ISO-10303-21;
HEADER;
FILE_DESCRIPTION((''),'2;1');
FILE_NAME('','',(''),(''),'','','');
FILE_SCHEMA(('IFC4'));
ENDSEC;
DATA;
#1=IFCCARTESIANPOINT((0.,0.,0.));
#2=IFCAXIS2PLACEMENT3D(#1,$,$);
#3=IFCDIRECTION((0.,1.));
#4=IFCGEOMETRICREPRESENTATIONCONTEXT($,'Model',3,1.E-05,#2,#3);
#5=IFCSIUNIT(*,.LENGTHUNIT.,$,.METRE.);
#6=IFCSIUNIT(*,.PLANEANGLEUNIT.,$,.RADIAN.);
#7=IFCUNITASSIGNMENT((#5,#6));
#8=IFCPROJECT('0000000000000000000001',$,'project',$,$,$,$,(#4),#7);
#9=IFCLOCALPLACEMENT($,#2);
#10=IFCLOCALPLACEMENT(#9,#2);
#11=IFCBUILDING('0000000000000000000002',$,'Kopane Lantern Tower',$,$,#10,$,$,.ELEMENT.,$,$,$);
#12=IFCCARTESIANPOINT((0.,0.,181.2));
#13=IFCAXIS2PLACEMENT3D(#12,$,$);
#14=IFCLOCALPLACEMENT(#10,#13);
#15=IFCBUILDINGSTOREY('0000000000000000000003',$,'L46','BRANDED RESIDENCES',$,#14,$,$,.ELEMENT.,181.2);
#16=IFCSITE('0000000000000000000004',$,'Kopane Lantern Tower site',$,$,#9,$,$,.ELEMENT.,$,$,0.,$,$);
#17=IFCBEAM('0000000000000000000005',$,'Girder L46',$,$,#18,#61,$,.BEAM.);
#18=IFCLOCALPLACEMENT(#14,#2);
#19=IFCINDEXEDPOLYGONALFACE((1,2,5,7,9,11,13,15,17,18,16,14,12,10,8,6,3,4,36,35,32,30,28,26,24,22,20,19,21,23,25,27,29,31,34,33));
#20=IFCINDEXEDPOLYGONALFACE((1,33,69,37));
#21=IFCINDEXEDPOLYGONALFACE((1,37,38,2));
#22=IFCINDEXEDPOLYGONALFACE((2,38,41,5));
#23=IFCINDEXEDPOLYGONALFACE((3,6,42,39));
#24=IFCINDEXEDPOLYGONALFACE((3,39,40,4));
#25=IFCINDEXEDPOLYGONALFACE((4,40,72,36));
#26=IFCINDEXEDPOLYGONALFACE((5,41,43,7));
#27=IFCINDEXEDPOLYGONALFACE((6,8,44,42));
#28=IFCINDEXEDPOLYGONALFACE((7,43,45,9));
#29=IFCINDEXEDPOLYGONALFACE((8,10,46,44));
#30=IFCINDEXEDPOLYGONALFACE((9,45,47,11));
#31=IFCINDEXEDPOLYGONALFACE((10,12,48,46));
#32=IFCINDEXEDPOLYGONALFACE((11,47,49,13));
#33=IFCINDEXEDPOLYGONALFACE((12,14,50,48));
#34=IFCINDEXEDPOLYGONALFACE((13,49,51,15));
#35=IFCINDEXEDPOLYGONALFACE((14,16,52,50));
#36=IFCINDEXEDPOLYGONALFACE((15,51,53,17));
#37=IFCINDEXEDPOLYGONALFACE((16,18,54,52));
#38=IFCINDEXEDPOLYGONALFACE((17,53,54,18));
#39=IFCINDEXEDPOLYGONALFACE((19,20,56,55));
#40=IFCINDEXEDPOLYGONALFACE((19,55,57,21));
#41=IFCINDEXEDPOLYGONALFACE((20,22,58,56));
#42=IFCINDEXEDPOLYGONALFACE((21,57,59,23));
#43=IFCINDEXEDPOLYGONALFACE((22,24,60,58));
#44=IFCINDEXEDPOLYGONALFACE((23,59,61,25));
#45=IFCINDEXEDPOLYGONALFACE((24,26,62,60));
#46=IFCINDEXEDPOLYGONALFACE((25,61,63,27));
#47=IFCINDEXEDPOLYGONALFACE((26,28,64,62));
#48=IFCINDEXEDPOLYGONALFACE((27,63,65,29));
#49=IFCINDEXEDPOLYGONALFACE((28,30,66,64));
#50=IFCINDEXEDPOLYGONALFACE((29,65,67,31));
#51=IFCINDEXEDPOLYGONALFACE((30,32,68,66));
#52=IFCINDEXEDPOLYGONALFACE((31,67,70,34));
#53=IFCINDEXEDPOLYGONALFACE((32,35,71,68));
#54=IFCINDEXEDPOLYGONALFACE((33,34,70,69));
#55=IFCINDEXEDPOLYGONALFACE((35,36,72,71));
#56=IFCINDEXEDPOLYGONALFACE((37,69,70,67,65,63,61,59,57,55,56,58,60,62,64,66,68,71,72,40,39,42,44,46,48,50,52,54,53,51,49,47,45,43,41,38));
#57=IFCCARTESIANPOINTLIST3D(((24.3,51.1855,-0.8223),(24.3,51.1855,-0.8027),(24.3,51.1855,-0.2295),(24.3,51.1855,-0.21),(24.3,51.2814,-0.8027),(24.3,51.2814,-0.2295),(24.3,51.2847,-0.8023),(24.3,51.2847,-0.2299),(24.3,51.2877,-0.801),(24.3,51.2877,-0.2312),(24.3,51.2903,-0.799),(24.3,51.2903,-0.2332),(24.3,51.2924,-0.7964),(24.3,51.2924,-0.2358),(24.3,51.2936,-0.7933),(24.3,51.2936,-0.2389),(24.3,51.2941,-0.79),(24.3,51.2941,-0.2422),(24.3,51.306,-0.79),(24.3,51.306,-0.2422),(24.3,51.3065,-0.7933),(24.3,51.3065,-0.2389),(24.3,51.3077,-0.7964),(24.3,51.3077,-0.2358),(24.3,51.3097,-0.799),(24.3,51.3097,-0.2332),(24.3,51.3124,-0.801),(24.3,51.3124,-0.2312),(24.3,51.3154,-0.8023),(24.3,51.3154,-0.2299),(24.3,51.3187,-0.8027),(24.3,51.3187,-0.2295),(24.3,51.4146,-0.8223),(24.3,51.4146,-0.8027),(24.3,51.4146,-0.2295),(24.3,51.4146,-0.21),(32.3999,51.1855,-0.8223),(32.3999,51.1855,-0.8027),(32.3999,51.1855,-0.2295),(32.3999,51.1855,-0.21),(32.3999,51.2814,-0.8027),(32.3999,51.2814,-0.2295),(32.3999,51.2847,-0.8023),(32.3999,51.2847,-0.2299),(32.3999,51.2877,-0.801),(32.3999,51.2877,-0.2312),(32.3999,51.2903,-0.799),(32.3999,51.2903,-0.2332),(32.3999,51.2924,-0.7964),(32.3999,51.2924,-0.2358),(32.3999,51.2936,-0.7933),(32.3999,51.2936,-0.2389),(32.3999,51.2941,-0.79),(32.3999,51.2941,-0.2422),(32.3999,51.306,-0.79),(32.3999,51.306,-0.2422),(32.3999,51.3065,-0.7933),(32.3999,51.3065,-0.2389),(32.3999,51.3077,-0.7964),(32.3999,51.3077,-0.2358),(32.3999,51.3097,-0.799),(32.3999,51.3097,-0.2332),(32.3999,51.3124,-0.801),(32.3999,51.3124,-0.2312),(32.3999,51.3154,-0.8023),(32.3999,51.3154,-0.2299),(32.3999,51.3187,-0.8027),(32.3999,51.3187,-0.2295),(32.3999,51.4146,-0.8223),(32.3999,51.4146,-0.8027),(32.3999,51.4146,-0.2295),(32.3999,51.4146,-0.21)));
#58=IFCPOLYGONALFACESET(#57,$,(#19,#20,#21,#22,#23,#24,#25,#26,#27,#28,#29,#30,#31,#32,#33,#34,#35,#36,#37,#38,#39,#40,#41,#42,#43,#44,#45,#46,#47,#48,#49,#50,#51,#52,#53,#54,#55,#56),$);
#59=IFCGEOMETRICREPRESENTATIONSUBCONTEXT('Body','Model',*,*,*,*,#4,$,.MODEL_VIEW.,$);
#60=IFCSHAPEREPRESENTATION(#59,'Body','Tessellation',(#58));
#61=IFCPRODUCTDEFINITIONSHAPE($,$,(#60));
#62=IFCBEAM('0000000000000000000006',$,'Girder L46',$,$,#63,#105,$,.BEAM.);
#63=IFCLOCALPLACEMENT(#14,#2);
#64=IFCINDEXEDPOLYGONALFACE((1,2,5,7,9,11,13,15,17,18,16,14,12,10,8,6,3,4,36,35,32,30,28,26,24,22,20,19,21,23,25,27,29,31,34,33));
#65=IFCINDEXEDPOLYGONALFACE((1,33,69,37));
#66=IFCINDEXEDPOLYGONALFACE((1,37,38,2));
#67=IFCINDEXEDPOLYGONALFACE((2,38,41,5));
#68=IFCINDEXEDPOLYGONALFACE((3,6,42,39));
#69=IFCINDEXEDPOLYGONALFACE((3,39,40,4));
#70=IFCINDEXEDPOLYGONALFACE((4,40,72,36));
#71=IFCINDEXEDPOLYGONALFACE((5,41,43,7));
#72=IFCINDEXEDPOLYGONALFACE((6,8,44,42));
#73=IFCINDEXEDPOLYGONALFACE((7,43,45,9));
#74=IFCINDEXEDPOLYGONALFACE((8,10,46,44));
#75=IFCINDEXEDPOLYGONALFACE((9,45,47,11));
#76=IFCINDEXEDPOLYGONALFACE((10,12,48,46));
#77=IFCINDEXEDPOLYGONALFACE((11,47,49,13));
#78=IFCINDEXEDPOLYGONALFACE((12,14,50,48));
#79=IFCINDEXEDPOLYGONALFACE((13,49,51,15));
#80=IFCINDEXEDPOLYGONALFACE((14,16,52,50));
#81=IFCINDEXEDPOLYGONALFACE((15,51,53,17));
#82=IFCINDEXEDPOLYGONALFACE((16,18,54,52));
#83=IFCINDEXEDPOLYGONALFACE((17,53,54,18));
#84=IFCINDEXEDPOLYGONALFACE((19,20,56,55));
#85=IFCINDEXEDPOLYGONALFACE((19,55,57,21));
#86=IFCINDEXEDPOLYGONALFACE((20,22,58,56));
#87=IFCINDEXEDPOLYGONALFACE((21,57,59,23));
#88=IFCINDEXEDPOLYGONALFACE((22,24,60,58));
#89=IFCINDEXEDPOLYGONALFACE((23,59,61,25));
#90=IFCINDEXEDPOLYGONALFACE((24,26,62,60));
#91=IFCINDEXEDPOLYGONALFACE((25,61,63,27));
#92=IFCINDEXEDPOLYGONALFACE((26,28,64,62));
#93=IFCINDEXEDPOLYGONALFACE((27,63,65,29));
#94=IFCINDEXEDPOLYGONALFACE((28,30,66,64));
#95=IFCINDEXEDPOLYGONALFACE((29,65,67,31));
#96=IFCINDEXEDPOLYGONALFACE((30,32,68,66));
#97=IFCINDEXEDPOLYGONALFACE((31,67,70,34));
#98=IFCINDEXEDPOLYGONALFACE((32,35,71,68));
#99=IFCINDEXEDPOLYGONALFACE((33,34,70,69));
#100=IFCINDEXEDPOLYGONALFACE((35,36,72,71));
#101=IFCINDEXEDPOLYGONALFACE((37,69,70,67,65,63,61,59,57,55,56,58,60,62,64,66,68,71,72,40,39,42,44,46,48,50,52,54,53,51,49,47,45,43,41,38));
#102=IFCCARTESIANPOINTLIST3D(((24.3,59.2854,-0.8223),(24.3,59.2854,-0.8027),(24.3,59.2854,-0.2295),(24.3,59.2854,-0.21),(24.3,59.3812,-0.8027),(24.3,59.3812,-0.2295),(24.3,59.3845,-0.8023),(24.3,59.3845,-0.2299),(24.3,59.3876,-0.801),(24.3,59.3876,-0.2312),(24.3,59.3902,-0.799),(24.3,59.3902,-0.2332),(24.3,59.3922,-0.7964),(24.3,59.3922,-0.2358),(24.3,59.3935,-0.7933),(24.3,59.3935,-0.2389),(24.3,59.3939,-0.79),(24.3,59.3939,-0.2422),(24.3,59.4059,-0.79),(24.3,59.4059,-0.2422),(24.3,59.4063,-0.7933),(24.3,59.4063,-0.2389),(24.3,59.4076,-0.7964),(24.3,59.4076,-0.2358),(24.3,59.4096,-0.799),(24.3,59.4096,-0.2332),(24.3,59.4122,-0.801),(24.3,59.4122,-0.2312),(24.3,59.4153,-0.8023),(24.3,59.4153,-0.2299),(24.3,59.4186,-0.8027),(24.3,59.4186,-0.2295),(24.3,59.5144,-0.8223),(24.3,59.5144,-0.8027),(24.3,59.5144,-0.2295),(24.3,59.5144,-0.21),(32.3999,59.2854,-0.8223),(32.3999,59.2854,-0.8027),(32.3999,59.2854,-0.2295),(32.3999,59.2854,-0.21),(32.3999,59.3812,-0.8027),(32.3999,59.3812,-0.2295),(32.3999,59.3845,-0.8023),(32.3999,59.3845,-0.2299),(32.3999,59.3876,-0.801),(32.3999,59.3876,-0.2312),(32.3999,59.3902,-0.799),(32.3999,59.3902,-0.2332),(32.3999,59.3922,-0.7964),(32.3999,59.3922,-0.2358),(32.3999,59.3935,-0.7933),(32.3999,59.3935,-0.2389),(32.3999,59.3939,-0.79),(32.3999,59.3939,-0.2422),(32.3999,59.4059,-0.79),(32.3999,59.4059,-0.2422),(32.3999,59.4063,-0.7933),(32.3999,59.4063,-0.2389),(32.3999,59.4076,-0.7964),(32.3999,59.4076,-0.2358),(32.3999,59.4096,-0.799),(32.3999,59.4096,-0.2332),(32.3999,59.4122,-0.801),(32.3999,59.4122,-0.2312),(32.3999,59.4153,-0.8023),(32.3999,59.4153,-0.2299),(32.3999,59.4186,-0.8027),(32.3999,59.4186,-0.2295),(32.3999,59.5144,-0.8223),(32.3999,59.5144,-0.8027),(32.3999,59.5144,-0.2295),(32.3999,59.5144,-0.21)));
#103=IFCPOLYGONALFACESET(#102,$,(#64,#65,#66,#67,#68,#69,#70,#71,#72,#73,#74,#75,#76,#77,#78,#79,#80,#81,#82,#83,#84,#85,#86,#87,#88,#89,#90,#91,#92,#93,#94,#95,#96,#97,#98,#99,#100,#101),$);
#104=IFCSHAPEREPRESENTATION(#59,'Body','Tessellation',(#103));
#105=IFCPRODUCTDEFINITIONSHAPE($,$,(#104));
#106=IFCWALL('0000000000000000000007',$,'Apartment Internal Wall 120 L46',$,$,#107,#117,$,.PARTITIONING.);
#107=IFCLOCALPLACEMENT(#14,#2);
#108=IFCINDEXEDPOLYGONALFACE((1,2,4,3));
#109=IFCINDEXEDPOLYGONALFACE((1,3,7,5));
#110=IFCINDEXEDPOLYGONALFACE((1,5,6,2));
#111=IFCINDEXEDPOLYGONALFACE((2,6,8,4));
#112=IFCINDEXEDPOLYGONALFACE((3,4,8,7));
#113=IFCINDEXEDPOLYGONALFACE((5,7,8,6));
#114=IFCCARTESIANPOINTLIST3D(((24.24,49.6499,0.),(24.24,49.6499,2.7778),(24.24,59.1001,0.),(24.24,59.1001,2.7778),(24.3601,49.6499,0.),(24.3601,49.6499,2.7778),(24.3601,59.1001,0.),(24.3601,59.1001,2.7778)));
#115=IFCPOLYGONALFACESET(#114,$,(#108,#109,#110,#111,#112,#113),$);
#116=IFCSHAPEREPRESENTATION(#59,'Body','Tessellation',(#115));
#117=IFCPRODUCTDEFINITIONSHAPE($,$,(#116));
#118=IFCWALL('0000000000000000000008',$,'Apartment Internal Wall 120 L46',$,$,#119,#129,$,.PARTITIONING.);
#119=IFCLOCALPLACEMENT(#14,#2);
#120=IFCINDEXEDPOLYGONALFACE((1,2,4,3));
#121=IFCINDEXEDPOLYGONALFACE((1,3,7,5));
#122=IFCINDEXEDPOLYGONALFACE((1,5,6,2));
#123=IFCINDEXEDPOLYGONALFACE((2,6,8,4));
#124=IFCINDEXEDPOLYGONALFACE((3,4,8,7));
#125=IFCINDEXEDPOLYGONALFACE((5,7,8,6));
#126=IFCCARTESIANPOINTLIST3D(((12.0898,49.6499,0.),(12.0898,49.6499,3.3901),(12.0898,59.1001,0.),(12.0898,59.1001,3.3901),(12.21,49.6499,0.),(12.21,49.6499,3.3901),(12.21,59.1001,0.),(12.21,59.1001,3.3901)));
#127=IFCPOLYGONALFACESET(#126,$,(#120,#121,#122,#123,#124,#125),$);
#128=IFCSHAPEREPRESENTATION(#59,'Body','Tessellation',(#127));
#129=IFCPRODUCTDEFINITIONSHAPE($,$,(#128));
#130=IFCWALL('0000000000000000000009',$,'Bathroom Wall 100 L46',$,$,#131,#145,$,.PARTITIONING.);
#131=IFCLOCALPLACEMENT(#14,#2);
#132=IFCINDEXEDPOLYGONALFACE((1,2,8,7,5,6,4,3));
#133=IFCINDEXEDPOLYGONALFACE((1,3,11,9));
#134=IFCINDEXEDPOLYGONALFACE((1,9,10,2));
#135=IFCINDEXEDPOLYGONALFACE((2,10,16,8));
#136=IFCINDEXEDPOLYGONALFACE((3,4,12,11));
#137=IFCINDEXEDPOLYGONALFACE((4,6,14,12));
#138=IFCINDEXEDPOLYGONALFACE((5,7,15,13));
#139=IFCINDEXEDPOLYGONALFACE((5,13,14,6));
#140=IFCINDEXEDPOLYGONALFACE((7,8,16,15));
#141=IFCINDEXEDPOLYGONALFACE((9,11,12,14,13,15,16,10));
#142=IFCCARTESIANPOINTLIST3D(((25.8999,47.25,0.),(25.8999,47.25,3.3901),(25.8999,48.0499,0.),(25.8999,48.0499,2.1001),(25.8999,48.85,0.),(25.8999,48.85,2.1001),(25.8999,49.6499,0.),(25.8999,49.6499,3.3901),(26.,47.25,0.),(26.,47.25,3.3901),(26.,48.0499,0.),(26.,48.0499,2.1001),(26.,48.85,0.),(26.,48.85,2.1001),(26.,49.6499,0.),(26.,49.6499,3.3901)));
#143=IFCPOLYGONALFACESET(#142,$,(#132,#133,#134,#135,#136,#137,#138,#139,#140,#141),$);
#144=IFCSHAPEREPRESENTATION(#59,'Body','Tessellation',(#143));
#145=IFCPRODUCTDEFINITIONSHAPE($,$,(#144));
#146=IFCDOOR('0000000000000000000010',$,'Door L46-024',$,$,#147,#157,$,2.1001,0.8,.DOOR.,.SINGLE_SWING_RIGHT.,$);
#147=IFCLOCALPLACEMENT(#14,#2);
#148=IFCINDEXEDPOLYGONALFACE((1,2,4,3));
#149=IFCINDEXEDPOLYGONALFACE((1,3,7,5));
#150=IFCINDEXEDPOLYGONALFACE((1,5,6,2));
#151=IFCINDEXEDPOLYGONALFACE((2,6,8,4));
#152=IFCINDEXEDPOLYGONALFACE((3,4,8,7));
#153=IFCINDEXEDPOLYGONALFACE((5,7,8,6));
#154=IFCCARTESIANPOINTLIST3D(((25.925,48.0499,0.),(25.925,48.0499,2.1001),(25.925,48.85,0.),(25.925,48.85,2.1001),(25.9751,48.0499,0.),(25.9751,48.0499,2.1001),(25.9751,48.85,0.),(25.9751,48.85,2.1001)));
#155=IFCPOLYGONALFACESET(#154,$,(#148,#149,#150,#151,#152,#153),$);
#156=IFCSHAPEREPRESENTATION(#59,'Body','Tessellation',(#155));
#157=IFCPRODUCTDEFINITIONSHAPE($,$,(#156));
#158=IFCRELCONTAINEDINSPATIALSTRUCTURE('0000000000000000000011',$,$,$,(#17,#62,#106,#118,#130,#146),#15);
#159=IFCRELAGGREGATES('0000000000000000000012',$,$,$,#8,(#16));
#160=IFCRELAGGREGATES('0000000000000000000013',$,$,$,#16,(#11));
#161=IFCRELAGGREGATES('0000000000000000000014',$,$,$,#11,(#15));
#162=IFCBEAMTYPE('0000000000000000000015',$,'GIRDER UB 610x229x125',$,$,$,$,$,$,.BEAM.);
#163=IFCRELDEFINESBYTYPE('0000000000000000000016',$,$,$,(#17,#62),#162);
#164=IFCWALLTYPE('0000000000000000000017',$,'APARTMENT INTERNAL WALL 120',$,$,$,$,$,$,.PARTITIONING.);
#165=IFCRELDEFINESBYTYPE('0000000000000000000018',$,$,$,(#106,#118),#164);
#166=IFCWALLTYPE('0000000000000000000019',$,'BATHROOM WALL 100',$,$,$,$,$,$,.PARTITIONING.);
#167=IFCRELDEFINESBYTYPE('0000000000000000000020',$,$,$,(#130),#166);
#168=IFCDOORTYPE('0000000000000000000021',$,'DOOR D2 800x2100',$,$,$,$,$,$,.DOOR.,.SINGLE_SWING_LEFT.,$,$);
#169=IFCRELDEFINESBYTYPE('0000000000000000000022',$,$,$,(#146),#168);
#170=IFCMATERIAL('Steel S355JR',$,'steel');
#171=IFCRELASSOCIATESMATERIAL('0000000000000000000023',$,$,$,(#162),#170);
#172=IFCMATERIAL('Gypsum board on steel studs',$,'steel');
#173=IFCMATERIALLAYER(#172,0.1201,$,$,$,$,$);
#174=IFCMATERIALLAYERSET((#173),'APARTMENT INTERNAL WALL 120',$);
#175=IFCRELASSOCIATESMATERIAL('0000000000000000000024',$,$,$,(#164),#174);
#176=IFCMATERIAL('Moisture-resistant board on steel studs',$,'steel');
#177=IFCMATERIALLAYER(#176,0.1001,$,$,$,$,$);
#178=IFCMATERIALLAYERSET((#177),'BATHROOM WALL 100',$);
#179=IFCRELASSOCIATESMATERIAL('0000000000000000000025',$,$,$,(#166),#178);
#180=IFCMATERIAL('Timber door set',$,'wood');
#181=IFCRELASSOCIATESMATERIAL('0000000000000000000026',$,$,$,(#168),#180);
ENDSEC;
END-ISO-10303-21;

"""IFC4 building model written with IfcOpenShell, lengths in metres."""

from ifc_helpers import new_model, si_unit, direction, frame, frame_2d, origin, origin_2d, place, context, subcontext, project, spatial, rectangle, i_section, extrude, material, layer, layer_set, material_profile, profile_set, type_object, element, fill, save


model = new_model("IFC4")

# Units and contexts
model_context = context("Model", 3, precision=1e-05, world=origin(), true_north=direction((0.0, 1.0)))
body_context = subcontext(model_context, "Body", "Model", "MODEL_VIEW")
ifc_project = project(units=[si_unit("LENGTHUNIT", "METRE"), si_unit("PLANEANGLEUNIT", "RADIAN")], contexts=[model_context])

# Site, building, storey
site_placement = place(None, origin())
site = spatial("IfcSite", under=ifc_project, at=site_placement, Name="Kopane Lantern Tower site", CompositionType="ELEMENT", RefElevation=0.0)
building_placement = place(site_placement, origin())
building = spatial("IfcBuilding", under=site, at=building_placement, Name="Kopane Lantern Tower", CompositionType="ELEMENT")
storey_placement = place(building_placement, frame((0.0, 0.0, 181.2)))
storey = spatial("IfcBuildingStorey", under=building, at=storey_placement, Name="L46", Description="BRANDED RESIDENCES", CompositionType="ELEMENT", Elevation=181.2)

# Beams
ifc_material_1 = material(Name="Steel S355JR", Category="steel")
ifc_material_profile_1 = material_profile(ifc_material_1, i_section(OverallWidth=0.229, OverallDepth=0.6123, WebThickness=0.012, FlangeThickness=0.0195, FilletRadius=0.0127, at=origin_2d()), Name="UB 610x229x125")
ifc_profile_set_1 = profile_set([ifc_material_profile_1], Name="Steel S355JR")
beam_type = type_object("IfcBeamType", Name="GIRDER UB 610x229x125", PredefinedType="BEAM", material=ifc_profile_set_1)
for number, where, z_axis, x_axis, name in (
    (1, (24.3, 51.3, -0.5161), (1.0, 0.0, 0.0), (0.0, 1.0, 0.0), "Girder L46"),
    (2, (24.3, 59.3999, -0.5161), (1.0, 0.0, 0.0), (0.0, 1.0, 0.0), "Girder L46"),
):
    element("IfcBeam", number, at=place(storey_placement, frame(where, z_axis=z_axis, x_axis=x_axis)), inside=storey, type_object=beam_type, Name=name, PredefinedType="BEAM", context=body_context, shape_type="SweptSolid", body=[
        extrude(i_section(OverallWidth=0.229, OverallDepth=0.6123, WebThickness=0.012, FlangeThickness=0.0195, FilletRadius=0.0127, at=origin_2d()), origin(), (0.0, 0.0, 1.0), 8.0999),
    ])

# Walls
ifc_material_2 = material(Name="Gypsum board on steel studs", Category="steel")
ifc_layer_1 = layer(ifc_material_2, 0.1201)
ifc_layer_set_1 = layer_set([ifc_layer_1], Name="APARTMENT INTERNAL WALL 120")
wall_type_1 = type_object("IfcWallType", Name="APARTMENT INTERNAL WALL 120", PredefinedType="PARTITIONING", material=ifc_layer_set_1)
wall_1_placement = place(storey_placement, frame((24.3, 49.6499, 0.0), z_axis=(0.0, 0.0, 1.0), x_axis=(0.0, 1.0, 0.0)))
element("IfcWall", 3, at=wall_1_placement, inside=storey, type_object=wall_type_1, Name="Apartment Internal Wall 120 L46", PredefinedType="PARTITIONING", context=body_context, shape_type="SweptSolid", body=[
    extrude(rectangle(XDim=9.4502, YDim=0.1201, at=frame_2d((4.7251, 0.0))), origin(), (0.0, 0.0, 1.0), 2.7778),
])
wall_2_placement = place(storey_placement, frame((12.1499, 49.6499, 0.0), z_axis=(0.0, 0.0, 1.0), x_axis=(0.0, 1.0, 0.0)))
element("IfcWall", 4, at=wall_2_placement, inside=storey, type_object=wall_type_1, Name="Apartment Internal Wall 120 L46", PredefinedType="PARTITIONING", context=body_context, shape_type="SweptSolid", body=[
    extrude(rectangle(XDim=9.4502, YDim=0.1201, at=frame_2d((4.7251, 0.0))), origin(), (0.0, 0.0, 1.0), 3.3901),
])

# Wall, opening, door
ifc_material_3 = material(Name="Moisture-resistant board on steel studs", Category="steel")
ifc_layer_2 = layer(ifc_material_3, 0.1001)
ifc_layer_set_2 = layer_set([ifc_layer_2], Name="BATHROOM WALL 100")
wall_type_2 = type_object("IfcWallType", Name="BATHROOM WALL 100", PredefinedType="PARTITIONING", material=ifc_layer_set_2)
wall_3_placement = place(storey_placement, frame((25.95, 47.25, 0.0), z_axis=(0.0, 0.0, 1.0), x_axis=(0.0, 1.0, 0.0)))
wall_3 = element("IfcWall", 5, at=wall_3_placement, inside=storey, type_object=wall_type_2, Name="Bathroom Wall 100 L46", PredefinedType="PARTITIONING", context=body_context, shape_type="SweptSolid", body=[
    extrude(rectangle(XDim=2.3999, YDim=0.1001, at=frame_2d((1.2, 0.0))), origin(), (0.0, 0.0, 1.0), 3.3901),
])
opening_1_placement = place(wall_3_placement, frame((0.8, 0.0, 0.0)))
opening_1 = element("IfcOpeningElement", 6, at=opening_1_placement, cuts=wall_3, PredefinedType="OPENING", context=body_context, shape_type="SweptSolid", body=[
    extrude(rectangle(XDim=0.8, YDim=2.1001, at=frame_2d((0.3999, 1.05))), frame((0.0, 0.0601, 0.0), z_axis=(0.0, -1.0, 0.0), x_axis=(1.0, 0.0, 0.0)), (0.0, 0.0, 1.0), 0.1201),
])
ifc_material_4 = material(Name="Timber door set", Category="wood")
door_type_1 = type_object("IfcDoorType", Name="DOOR D2 800x2100", OperationType="SINGLE_SWING_LEFT", PredefinedType="DOOR", material=ifc_material_4)
door_1_placement = place(opening_1_placement, origin())
door_1 = element("IfcDoor", 7, at=door_1_placement, inside=storey, type_object=door_type_1, Name="Door L46-024", OperationType="SINGLE_SWING_RIGHT", OverallHeight=2.1001, OverallWidth=0.8, PredefinedType="DOOR", context=body_context, shape_type="SweptSolid", body=[
    extrude(rectangle(XDim=0.8, YDim=2.1001, at=frame_2d((0.3999, 1.05))), frame((0.0, 0.0249, 0.0), z_axis=(0.0, -1.0, 0.0), x_axis=(1.0, 0.0, 0.0)), (0.0, 0.0, 1.0), 0.05),
])
fill(opening_1, door_1)

save(model, "model.ifc")
